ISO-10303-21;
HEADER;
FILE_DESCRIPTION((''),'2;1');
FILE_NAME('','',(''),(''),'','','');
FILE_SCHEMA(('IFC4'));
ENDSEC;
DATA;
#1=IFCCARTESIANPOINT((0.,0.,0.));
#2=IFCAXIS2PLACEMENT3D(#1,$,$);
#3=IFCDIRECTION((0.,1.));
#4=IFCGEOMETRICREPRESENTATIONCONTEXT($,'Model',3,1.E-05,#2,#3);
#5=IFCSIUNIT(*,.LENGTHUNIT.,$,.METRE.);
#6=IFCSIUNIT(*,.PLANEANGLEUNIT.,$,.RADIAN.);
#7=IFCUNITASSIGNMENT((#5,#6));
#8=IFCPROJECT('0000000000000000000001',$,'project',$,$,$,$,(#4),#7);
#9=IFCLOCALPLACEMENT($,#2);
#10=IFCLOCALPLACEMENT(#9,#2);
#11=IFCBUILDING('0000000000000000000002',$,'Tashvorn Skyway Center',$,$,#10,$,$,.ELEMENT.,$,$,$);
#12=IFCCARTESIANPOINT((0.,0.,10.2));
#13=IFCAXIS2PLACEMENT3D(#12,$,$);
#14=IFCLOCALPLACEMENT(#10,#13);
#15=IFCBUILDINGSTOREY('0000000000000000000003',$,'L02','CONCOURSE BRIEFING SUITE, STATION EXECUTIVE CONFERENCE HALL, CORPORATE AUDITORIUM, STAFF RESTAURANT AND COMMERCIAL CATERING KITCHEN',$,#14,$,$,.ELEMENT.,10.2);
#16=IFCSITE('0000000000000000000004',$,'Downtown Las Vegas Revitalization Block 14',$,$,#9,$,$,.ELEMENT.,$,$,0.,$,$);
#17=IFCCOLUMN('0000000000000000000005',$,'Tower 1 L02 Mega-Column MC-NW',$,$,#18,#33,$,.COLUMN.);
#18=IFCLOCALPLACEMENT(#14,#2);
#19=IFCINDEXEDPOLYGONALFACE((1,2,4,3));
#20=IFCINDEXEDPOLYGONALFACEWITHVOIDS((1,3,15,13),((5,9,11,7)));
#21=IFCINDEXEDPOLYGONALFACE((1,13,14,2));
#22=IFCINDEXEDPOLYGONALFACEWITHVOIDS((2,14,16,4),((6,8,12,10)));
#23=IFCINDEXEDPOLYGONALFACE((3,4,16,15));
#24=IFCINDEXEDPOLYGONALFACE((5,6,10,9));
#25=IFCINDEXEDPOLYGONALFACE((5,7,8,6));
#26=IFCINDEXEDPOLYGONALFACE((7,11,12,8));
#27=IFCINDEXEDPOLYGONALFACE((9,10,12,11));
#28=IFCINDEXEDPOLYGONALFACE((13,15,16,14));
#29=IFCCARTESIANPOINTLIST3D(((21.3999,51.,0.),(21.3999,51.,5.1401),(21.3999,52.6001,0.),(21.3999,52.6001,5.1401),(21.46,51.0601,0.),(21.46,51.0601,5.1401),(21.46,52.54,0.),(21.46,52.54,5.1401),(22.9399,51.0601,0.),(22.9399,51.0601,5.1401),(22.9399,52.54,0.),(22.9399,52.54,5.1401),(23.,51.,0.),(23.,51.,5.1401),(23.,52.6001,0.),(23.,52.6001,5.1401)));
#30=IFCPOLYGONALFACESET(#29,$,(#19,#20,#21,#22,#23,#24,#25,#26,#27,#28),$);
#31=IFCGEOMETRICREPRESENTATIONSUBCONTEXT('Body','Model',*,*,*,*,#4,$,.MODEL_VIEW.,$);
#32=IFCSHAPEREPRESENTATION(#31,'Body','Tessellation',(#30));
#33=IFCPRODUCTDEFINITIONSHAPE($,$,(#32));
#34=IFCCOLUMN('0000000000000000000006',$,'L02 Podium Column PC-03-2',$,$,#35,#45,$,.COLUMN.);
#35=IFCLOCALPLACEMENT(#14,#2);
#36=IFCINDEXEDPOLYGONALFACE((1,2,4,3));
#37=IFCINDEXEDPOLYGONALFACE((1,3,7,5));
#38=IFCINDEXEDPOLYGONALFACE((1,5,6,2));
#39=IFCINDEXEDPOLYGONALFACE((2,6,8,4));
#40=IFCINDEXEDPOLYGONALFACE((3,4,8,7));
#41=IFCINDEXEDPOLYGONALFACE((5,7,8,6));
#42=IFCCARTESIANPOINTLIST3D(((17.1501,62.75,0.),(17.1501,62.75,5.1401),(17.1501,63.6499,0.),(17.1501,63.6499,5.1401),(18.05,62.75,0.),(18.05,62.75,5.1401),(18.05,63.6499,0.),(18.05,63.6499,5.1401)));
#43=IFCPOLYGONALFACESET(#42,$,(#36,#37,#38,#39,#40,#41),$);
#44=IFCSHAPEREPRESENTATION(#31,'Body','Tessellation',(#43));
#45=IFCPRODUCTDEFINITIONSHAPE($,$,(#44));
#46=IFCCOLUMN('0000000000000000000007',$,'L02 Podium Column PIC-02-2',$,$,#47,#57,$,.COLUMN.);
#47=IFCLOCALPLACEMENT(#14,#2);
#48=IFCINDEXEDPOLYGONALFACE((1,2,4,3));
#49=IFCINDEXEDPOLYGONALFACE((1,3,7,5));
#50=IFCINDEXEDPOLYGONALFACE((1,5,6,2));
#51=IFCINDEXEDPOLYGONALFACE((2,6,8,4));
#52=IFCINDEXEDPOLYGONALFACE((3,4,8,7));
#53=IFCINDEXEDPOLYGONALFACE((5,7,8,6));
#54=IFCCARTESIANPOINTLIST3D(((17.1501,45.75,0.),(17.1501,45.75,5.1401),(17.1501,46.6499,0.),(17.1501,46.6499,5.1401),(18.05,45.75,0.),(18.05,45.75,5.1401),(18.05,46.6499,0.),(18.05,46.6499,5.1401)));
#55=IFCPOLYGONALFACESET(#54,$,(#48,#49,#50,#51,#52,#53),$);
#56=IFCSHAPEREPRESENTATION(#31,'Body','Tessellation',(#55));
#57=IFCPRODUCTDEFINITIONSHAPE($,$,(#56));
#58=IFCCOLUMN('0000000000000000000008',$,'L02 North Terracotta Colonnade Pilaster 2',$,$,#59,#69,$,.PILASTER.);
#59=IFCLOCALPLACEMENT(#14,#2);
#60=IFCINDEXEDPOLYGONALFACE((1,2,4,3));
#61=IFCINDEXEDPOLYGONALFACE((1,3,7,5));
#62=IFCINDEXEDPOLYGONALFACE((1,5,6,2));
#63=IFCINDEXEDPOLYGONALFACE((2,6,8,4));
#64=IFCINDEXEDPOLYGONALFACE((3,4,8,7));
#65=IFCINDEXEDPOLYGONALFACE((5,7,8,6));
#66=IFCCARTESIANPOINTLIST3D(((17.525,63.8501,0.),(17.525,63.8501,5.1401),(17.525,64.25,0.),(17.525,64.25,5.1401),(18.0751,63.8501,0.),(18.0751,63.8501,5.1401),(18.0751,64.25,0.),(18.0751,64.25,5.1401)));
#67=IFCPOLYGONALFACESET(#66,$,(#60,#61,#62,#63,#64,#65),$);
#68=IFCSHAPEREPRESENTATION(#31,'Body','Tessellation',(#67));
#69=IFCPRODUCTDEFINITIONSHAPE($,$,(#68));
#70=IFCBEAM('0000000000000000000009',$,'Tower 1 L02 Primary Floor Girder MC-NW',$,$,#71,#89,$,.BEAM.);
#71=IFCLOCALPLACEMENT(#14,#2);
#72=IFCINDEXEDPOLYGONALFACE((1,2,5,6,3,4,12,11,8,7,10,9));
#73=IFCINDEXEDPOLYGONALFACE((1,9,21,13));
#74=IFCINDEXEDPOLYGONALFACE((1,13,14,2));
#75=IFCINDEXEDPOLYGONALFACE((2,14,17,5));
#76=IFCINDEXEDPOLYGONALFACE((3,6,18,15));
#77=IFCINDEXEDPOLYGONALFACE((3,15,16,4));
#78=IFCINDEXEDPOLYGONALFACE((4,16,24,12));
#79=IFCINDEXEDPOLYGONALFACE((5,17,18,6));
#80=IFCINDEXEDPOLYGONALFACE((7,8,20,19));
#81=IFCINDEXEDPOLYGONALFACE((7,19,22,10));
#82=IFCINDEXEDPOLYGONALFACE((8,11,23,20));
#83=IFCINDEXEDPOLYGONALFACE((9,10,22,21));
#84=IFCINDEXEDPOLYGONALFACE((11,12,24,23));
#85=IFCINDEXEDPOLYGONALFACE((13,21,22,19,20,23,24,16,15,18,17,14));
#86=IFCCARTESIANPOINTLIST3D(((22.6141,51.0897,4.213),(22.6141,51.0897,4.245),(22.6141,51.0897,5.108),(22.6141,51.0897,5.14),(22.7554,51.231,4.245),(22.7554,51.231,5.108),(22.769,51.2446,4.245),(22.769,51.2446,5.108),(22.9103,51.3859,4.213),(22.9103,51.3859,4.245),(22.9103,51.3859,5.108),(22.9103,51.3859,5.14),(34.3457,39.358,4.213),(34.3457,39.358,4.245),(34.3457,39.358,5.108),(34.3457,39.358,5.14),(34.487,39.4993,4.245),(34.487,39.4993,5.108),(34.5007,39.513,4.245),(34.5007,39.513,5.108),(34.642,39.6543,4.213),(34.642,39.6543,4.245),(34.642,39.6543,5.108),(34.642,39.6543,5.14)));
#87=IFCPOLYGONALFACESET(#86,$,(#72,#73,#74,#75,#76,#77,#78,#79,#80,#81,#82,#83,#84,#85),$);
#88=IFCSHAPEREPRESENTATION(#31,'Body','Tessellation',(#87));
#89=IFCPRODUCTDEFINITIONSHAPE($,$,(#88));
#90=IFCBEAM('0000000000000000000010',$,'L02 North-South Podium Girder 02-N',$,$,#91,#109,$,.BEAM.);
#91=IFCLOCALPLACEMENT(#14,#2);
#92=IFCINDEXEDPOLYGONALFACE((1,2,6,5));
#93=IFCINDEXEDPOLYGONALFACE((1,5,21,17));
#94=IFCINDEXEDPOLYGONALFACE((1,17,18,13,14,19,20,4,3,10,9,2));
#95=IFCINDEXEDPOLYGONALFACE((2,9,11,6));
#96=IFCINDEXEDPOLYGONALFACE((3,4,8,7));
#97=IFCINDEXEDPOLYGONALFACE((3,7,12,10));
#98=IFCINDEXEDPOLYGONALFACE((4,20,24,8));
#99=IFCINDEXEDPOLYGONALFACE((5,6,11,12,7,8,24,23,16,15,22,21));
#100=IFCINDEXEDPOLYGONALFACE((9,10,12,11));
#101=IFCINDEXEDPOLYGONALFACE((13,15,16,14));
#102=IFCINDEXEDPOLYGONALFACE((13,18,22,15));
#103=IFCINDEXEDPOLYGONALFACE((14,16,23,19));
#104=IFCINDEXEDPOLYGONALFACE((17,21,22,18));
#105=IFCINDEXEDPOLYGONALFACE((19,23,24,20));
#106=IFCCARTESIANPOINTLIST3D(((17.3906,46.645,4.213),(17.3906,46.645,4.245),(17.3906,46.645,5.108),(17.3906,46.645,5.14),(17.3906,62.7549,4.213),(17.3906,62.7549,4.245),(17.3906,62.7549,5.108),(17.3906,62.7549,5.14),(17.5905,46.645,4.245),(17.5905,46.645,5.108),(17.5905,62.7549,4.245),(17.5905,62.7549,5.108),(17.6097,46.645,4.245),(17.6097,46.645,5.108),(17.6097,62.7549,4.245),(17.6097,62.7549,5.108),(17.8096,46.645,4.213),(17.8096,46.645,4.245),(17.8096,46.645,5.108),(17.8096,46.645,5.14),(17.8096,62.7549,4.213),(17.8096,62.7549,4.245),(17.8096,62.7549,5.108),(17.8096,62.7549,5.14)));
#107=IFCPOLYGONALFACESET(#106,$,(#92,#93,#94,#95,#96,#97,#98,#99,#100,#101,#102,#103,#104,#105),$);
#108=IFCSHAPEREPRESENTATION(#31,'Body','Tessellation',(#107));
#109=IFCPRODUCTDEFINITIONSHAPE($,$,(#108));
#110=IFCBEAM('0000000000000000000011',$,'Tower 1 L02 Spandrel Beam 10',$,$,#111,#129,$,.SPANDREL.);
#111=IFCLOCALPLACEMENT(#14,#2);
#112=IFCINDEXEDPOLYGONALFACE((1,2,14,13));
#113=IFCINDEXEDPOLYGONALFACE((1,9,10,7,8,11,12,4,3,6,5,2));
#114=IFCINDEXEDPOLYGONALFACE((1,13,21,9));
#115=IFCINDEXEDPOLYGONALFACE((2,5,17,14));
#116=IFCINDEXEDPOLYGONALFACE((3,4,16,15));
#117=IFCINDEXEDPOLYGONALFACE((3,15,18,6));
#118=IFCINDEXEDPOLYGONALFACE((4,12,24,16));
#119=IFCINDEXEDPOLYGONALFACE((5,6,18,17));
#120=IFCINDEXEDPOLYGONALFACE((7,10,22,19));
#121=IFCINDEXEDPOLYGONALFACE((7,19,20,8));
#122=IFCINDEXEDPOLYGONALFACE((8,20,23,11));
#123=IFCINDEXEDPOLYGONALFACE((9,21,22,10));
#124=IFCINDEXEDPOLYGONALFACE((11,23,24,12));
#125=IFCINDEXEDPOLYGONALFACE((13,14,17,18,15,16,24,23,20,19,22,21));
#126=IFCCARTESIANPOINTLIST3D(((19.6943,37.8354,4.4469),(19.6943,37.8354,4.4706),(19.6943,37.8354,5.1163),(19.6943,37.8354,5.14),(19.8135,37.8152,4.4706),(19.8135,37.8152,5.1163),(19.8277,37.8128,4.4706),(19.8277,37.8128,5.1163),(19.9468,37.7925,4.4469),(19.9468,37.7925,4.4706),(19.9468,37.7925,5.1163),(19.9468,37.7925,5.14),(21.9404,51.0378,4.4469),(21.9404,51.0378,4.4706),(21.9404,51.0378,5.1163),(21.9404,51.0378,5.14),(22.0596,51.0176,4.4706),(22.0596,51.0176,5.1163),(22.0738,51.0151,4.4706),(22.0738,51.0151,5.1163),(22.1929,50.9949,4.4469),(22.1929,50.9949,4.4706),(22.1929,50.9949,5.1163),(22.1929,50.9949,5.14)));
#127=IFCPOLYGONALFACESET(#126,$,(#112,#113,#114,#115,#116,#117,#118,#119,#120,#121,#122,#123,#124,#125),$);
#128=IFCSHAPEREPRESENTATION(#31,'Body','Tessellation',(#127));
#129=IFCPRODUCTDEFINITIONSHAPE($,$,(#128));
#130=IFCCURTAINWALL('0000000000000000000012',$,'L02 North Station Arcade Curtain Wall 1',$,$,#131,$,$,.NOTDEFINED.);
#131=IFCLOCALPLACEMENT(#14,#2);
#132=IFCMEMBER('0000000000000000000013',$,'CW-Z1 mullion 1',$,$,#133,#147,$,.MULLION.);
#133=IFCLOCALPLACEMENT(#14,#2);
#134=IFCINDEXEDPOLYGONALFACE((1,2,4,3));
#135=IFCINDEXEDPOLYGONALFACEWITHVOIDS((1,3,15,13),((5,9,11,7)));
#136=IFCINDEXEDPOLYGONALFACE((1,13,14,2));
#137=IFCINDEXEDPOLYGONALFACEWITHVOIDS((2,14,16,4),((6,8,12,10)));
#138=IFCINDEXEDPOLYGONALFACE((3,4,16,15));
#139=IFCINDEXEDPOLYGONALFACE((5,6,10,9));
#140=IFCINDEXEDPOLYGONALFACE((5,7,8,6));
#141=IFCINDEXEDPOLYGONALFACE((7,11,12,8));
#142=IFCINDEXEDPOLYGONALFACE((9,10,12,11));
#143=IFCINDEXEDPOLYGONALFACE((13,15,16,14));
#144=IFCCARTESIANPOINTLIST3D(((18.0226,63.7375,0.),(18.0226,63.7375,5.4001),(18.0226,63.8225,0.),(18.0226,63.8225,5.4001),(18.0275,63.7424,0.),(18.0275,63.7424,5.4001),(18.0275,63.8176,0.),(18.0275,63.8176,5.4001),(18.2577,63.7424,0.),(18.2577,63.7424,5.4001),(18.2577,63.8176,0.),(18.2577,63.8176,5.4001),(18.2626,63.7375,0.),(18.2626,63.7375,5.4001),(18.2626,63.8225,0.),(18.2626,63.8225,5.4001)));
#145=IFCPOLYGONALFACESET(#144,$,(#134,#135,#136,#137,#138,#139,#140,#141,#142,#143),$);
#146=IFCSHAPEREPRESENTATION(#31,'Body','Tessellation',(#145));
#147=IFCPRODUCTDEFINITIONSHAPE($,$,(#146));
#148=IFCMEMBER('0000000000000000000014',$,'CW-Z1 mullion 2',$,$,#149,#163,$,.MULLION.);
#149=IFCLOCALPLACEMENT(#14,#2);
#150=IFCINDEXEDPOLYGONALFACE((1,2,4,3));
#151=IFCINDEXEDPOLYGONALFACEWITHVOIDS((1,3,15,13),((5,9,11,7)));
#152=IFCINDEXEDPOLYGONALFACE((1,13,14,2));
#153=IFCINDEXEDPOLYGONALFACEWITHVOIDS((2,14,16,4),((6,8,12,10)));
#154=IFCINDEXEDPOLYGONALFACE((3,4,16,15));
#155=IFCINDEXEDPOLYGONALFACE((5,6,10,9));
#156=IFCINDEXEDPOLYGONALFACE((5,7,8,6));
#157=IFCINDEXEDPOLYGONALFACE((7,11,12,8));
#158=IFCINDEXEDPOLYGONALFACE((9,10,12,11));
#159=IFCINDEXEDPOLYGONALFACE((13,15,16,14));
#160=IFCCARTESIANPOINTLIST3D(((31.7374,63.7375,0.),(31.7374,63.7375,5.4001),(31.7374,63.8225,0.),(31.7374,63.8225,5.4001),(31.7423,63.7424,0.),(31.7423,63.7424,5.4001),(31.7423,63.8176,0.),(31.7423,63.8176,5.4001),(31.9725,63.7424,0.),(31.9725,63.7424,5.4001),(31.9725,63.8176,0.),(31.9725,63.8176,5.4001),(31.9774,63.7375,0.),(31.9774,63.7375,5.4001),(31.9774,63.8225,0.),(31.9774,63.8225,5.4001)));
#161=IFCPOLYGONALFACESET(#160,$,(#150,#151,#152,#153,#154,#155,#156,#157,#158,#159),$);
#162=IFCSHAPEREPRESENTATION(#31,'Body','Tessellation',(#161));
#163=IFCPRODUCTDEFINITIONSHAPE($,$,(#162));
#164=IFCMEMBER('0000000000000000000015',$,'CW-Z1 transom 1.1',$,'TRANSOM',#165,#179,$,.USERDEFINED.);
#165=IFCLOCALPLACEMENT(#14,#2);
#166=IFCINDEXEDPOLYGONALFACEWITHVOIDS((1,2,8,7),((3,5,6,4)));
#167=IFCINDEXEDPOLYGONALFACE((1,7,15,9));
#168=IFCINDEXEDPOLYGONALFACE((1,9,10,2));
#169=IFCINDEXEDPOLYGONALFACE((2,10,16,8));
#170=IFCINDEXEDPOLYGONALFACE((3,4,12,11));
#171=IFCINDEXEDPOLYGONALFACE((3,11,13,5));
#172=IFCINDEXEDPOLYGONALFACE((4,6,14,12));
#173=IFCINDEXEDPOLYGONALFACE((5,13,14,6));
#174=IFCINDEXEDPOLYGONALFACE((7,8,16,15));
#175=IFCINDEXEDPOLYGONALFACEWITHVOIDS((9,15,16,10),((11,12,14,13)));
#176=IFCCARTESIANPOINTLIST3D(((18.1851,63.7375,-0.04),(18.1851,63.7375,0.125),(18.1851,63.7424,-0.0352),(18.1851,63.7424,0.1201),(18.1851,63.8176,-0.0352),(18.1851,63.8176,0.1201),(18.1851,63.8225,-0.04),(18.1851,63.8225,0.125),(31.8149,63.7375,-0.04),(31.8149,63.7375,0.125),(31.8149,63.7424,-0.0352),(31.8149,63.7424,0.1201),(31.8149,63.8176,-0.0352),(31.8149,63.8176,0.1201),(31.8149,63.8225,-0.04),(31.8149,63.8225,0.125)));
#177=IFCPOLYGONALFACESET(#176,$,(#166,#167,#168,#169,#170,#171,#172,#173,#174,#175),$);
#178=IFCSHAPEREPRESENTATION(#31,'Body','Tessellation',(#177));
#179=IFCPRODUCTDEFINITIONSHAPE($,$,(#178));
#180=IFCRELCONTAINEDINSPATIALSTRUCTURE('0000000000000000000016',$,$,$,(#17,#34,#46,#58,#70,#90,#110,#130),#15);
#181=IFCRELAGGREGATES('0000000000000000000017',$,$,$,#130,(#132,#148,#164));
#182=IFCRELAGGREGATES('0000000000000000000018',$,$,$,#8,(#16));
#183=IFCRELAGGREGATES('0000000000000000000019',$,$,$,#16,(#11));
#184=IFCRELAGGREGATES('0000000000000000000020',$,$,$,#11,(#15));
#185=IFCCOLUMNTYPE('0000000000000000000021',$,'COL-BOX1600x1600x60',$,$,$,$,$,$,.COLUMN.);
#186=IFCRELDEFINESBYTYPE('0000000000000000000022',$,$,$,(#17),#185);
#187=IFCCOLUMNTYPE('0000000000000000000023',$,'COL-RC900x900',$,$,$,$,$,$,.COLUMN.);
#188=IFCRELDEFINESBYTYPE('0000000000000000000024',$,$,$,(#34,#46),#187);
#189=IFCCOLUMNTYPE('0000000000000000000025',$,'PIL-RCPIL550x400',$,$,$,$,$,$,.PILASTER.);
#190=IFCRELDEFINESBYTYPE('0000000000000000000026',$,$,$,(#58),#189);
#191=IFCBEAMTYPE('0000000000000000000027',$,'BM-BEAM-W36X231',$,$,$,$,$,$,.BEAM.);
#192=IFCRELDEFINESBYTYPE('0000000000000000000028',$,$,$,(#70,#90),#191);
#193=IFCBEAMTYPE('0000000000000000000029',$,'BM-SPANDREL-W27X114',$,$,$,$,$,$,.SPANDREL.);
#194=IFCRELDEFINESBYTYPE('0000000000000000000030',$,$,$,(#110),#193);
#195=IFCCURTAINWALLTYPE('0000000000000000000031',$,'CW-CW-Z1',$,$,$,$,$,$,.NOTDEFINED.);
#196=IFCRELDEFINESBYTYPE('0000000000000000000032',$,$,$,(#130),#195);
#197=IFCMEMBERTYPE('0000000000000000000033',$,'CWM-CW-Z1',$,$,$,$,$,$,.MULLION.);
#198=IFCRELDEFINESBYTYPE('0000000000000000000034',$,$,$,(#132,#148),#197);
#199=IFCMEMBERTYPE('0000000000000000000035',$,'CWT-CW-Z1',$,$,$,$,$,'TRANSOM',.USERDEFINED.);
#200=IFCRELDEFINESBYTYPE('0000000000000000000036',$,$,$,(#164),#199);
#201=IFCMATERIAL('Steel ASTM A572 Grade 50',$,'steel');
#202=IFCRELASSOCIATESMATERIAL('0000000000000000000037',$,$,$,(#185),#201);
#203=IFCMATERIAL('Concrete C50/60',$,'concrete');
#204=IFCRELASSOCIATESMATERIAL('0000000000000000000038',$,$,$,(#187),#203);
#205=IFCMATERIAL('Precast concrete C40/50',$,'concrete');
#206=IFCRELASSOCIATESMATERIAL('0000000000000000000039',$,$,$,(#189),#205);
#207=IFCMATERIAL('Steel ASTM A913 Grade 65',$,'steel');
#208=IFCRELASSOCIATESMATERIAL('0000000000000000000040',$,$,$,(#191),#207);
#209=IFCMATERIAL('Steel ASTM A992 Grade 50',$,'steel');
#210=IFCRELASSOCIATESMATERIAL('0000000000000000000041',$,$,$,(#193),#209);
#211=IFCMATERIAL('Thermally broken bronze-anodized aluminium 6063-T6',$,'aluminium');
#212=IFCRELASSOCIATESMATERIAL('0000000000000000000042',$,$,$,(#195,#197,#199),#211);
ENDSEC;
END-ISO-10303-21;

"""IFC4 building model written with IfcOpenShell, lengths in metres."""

from ifc_helpers import new_model, si_unit, direction, frame, origin, origin_2d, place, context, subcontext, project, spatial, rectangle, hollow_rectangle, i_section, extrude, material, material_profile, profile_set, type_object, element, aggregate, save


model = new_model("IFC4")

# Units and contexts
model_context = context("Model", 3, precision=1e-05, world=origin(), true_north=direction((0.0, 1.0)))
body_context = subcontext(model_context, "Body", "Model", "MODEL_VIEW")
ifc_project = project(units=[si_unit("LENGTHUNIT", "METRE"), si_unit("PLANEANGLEUNIT", "RADIAN")], contexts=[model_context])

# Site, building, storey
site_placement = place(None, origin())
site = spatial("IfcSite", under=ifc_project, at=site_placement, Name="Downtown Las Vegas Revitalization Block 14", CompositionType="ELEMENT", RefElevation=0.0)
building_placement = place(site_placement, origin())
building = spatial("IfcBuilding", under=site, at=building_placement, Name="Tashvorn Skyway Center", CompositionType="ELEMENT")
storey_placement = place(building_placement, frame((0.0, 0.0, 10.2)))
storey = spatial("IfcBuildingStorey", under=building, at=storey_placement, Name="L02", Description="CONCOURSE BRIEFING SUITE, STATION EXECUTIVE CONFERENCE HALL, CORPORATE AUDITORIUM, STAFF RESTAURANT AND COMMERCIAL CATERING KITCHEN", CompositionType="ELEMENT", Elevation=10.2)

# Columns
ifc_material_1 = material(Name="Steel ASTM A572 Grade 50", Category="steel")
ifc_material_profile_1 = material_profile(ifc_material_1, hollow_rectangle(XDim=1.6001, YDim=1.6001, WallThickness=0.0601, at=origin_2d()), Name="BOX1600x1600x60")
ifc_profile_set_1 = profile_set([ifc_material_profile_1], Name="Steel ASTM A572 Grade 50")
column_type_1 = type_object("IfcColumnType", Name="COL-BOX1600x1600x60", PredefinedType="COLUMN", material=ifc_profile_set_1)
column_1_placement = place(storey_placement, frame((22.2, 51.8, 0.0), z_axis=(0.0, 0.0, 1.0), x_axis=(1.0, 0.0, 0.0)))
element("IfcColumn", 1, at=column_1_placement, inside=storey, type_object=column_type_1, Name="Tower 1 L02 Mega-Column MC-NW", PredefinedType="COLUMN", context=body_context, shape_type="SweptSolid", body=[
    extrude(hollow_rectangle(XDim=1.6001, YDim=1.6001, WallThickness=0.0601, at=origin_2d()), origin(), (0.0, 0.0, 1.0), 5.1401),
])
ifc_material_2 = material(Name="Concrete C50/60", Category="concrete")
ifc_material_profile_2 = material_profile(ifc_material_2, rectangle(XDim=0.8999, YDim=0.8999, at=origin_2d()), Name="RC900x900")
ifc_profile_set_2 = profile_set([ifc_material_profile_2], Name="Concrete C50/60")
column_type_2 = type_object("IfcColumnType", Name="COL-RC900x900", PredefinedType="COLUMN", material=ifc_profile_set_2)
for number, where, z_axis, x_axis, name in (
    (2, (17.6001, 63.2, 0.0), (0.0, 0.0, 1.0), (1.0, 0.0, 0.0), "L02 Podium Column PC-03-2"),
    (3, (17.6001, 46.2, 0.0), (0.0, 0.0, 1.0), (1.0, 0.0, 0.0), "L02 Podium Column PIC-02-2"),
):
    element("IfcColumn", number, at=place(storey_placement, frame(where, z_axis=z_axis, x_axis=x_axis)), inside=storey, type_object=column_type_2, Name=name, PredefinedType="COLUMN", context=body_context, shape_type="SweptSolid", body=[
        extrude(rectangle(XDim=0.8999, YDim=0.8999, at=origin_2d()), origin(), (0.0, 0.0, 1.0), 5.1401),
    ])
ifc_material_3 = material(Name="Precast concrete C40/50", Category="concrete")
ifc_material_profile_3 = material_profile(ifc_material_3, rectangle(XDim=0.55, YDim=0.3999, at=origin_2d()), Name="RCPIL550x400")
ifc_profile_set_3 = profile_set([ifc_material_profile_3], Name="Precast concrete C40/50")
column_type_3 = type_object("IfcColumnType", Name="PIL-RCPIL550x400", PredefinedType="PILASTER", material=ifc_profile_set_3)
column_2_placement = place(storey_placement, frame((17.8, 64.05, 0.0), z_axis=(0.0, 0.0, 1.0), x_axis=(1.0, 0.0, 0.0)))
element("IfcColumn", 4, at=column_2_placement, inside=storey, type_object=column_type_3, Name="L02 North Terracotta Colonnade Pilaster 2", PredefinedType="PILASTER", context=body_context, shape_type="SweptSolid", body=[
    extrude(rectangle(XDim=0.55, YDim=0.3999, at=origin_2d()), origin(), (0.0, 0.0, 1.0), 5.1401),
])

# Beams
ifc_material_4 = material(Name="Steel ASTM A913 Grade 65", Category="steel")
ifc_material_profile_4 = material_profile(ifc_material_4, i_section(OverallWidth=0.4189, OverallDepth=0.927, WebThickness=0.0193, FlangeThickness=0.032, at=origin_2d()), Name="W36X231")
ifc_profile_set_4 = profile_set([ifc_material_profile_4], Name="Steel ASTM A913 Grade 65")
beam_type_1 = type_object("IfcBeamType", Name="BM-BEAM-W36X231", PredefinedType="BEAM", material=ifc_profile_set_4)
beam_1_placement = place(storey_placement, frame((22.7622, 51.2378, 4.6765), z_axis=(0.707107, -0.707107, 0.0), x_axis=(0.707107, 0.707107, 0.0)))
element("IfcBeam", 5, at=beam_1_placement, inside=storey, type_object=beam_type_1, Name="Tower 1 L02 Primary Floor Girder MC-NW", PredefinedType="BEAM", context=body_context, shape_type="SweptSolid", body=[
    extrude(i_section(OverallWidth=0.4189, OverallDepth=0.927, WebThickness=0.0193, FlangeThickness=0.032, at=origin_2d()), origin(), (0.0, 0.0, 1.0), 16.5911),
])
beam_2_placement = place(storey_placement, frame((17.6001, 46.645, 4.6765), z_axis=(0.0, 1.0, 0.0), x_axis=(-1.0, 0.0, 0.0)))
element("IfcBeam", 6, at=beam_2_placement, inside=storey, type_object=beam_type_1, Name="L02 North-South Podium Girder 02-N", PredefinedType="BEAM", context=body_context, shape_type="SweptSolid", body=[
    extrude(i_section(OverallWidth=0.4189, OverallDepth=0.927, WebThickness=0.0193, FlangeThickness=0.032, at=origin_2d()), origin(), (0.0, 0.0, 1.0), 16.1099),
])
ifc_material_5 = material(Name="Steel ASTM A992 Grade 50", Category="steel")
ifc_material_profile_5 = material_profile(ifc_material_5, i_section(OverallWidth=0.2561, OverallDepth=0.6931, WebThickness=0.0144, FlangeThickness=0.0237, at=origin_2d()), Name="W27X114")
ifc_profile_set_5 = profile_set([ifc_material_profile_5], Name="Steel ASTM A992 Grade 50")
beam_type_2 = type_object("IfcBeamType", Name="BM-SPANDREL-W27X114", PredefinedType="SPANDREL", material=ifc_profile_set_5)
beam_3_placement = place(storey_placement, frame((22.0667, 51.0164, 4.7935), z_axis=(-0.167718, -0.985835, 0.0), x_axis=(0.985835, -0.167718, 0.0)))
element("IfcBeam", 7, at=beam_3_placement, inside=storey, type_object=beam_type_2, Name="Tower 1 L02 Spandrel Beam 10", PredefinedType="SPANDREL", context=body_context, shape_type="SweptSolid", body=[
    extrude(i_section(OverallWidth=0.2561, OverallDepth=0.6931, WebThickness=0.0144, FlangeThickness=0.0237, at=origin_2d()), origin(), (0.0, 0.0, 1.0), 13.3921),
])

# Curtain wall, members
ifc_material_6 = material(Name="Thermally broken bronze-anodized aluminium 6063-T6", Category="aluminium")
curtain_wall_type = type_object("IfcCurtainWallType", Name="CW-CW-Z1", PredefinedType="NOTDEFINED", material=ifc_material_6)
curtain_wall_placement = place(storey_placement, origin())
curtain_wall = element("IfcCurtainWall", 8, at=curtain_wall_placement, inside=storey, type_object=curtain_wall_type, Name="L02 North Station Arcade Curtain Wall 1", PredefinedType="NOTDEFINED")
ifc_material_profile_6 = material_profile(ifc_material_6, hollow_rectangle(XDim=0.085, YDim=0.24, WallThickness=0.0049, at=origin_2d()), Name="ALU-MULL-85x240")
ifc_profile_set_6 = profile_set([ifc_material_profile_6], Name="Thermally broken bronze-anodized aluminium 6063-T6")
member_type_1 = type_object("IfcMemberType", Name="CWM-CW-Z1", PredefinedType="MULLION", material=ifc_profile_set_6)
member_1_placement = place(storey_placement, frame((18.1426, 63.78, 0.0), z_axis=(0.0, 0.0, 1.0), x_axis=(0.0, 1.0, 0.0)))
member_1 = element("IfcMember", 9, at=member_1_placement, type_object=member_type_1, Name="CW-Z1 mullion 1", PredefinedType="MULLION", context=body_context, shape_type="SweptSolid", body=[
    extrude(hollow_rectangle(XDim=0.085, YDim=0.24, WallThickness=0.0049, at=origin_2d()), origin(), (0.0, 0.0, 1.0), 5.4001),
])
member_2_placement = place(storey_placement, frame((31.8574, 63.78, 0.0), z_axis=(0.0, 0.0, 1.0), x_axis=(0.0, 1.0, 0.0)))
member_2 = element("IfcMember", 10, at=member_2_placement, type_object=member_type_1, Name="CW-Z1 mullion 2", PredefinedType="MULLION", context=body_context, shape_type="SweptSolid", body=[
    extrude(hollow_rectangle(XDim=0.085, YDim=0.24, WallThickness=0.0049, at=origin_2d()), origin(), (0.0, 0.0, 1.0), 5.4001),
])
ifc_material_profile_7 = material_profile(ifc_material_6, hollow_rectangle(XDim=0.085, YDim=0.165, WallThickness=0.0049, at=origin_2d()), Name="ALU-TRAN-85x165")
ifc_profile_set_7 = profile_set([ifc_material_profile_7], Name="Thermally broken bronze-anodized aluminium 6063-T6")
member_type_2 = type_object("IfcMemberType", Name="CWT-CW-Z1", ElementType="TRANSOM", PredefinedType="USERDEFINED", material=ifc_profile_set_7)
member_3_placement = place(storey_placement, frame((18.1851, 63.78, 0.0425), z_axis=(1.0, 0.0, 0.0), x_axis=(0.0, 1.0, 0.0)))
member_3 = element("IfcMember", 11, at=member_3_placement, type_object=member_type_2, Name="CW-Z1 transom 1.1", ObjectType="TRANSOM", PredefinedType="USERDEFINED", context=body_context, shape_type="SweptSolid", body=[
    extrude(hollow_rectangle(XDim=0.085, YDim=0.165, WallThickness=0.0049, at=origin_2d()), origin(), (0.0, 0.0, 1.0), 13.6299),
])
aggregate(curtain_wall, [member_1, member_2, member_3])

save(model, "model.ifc")
